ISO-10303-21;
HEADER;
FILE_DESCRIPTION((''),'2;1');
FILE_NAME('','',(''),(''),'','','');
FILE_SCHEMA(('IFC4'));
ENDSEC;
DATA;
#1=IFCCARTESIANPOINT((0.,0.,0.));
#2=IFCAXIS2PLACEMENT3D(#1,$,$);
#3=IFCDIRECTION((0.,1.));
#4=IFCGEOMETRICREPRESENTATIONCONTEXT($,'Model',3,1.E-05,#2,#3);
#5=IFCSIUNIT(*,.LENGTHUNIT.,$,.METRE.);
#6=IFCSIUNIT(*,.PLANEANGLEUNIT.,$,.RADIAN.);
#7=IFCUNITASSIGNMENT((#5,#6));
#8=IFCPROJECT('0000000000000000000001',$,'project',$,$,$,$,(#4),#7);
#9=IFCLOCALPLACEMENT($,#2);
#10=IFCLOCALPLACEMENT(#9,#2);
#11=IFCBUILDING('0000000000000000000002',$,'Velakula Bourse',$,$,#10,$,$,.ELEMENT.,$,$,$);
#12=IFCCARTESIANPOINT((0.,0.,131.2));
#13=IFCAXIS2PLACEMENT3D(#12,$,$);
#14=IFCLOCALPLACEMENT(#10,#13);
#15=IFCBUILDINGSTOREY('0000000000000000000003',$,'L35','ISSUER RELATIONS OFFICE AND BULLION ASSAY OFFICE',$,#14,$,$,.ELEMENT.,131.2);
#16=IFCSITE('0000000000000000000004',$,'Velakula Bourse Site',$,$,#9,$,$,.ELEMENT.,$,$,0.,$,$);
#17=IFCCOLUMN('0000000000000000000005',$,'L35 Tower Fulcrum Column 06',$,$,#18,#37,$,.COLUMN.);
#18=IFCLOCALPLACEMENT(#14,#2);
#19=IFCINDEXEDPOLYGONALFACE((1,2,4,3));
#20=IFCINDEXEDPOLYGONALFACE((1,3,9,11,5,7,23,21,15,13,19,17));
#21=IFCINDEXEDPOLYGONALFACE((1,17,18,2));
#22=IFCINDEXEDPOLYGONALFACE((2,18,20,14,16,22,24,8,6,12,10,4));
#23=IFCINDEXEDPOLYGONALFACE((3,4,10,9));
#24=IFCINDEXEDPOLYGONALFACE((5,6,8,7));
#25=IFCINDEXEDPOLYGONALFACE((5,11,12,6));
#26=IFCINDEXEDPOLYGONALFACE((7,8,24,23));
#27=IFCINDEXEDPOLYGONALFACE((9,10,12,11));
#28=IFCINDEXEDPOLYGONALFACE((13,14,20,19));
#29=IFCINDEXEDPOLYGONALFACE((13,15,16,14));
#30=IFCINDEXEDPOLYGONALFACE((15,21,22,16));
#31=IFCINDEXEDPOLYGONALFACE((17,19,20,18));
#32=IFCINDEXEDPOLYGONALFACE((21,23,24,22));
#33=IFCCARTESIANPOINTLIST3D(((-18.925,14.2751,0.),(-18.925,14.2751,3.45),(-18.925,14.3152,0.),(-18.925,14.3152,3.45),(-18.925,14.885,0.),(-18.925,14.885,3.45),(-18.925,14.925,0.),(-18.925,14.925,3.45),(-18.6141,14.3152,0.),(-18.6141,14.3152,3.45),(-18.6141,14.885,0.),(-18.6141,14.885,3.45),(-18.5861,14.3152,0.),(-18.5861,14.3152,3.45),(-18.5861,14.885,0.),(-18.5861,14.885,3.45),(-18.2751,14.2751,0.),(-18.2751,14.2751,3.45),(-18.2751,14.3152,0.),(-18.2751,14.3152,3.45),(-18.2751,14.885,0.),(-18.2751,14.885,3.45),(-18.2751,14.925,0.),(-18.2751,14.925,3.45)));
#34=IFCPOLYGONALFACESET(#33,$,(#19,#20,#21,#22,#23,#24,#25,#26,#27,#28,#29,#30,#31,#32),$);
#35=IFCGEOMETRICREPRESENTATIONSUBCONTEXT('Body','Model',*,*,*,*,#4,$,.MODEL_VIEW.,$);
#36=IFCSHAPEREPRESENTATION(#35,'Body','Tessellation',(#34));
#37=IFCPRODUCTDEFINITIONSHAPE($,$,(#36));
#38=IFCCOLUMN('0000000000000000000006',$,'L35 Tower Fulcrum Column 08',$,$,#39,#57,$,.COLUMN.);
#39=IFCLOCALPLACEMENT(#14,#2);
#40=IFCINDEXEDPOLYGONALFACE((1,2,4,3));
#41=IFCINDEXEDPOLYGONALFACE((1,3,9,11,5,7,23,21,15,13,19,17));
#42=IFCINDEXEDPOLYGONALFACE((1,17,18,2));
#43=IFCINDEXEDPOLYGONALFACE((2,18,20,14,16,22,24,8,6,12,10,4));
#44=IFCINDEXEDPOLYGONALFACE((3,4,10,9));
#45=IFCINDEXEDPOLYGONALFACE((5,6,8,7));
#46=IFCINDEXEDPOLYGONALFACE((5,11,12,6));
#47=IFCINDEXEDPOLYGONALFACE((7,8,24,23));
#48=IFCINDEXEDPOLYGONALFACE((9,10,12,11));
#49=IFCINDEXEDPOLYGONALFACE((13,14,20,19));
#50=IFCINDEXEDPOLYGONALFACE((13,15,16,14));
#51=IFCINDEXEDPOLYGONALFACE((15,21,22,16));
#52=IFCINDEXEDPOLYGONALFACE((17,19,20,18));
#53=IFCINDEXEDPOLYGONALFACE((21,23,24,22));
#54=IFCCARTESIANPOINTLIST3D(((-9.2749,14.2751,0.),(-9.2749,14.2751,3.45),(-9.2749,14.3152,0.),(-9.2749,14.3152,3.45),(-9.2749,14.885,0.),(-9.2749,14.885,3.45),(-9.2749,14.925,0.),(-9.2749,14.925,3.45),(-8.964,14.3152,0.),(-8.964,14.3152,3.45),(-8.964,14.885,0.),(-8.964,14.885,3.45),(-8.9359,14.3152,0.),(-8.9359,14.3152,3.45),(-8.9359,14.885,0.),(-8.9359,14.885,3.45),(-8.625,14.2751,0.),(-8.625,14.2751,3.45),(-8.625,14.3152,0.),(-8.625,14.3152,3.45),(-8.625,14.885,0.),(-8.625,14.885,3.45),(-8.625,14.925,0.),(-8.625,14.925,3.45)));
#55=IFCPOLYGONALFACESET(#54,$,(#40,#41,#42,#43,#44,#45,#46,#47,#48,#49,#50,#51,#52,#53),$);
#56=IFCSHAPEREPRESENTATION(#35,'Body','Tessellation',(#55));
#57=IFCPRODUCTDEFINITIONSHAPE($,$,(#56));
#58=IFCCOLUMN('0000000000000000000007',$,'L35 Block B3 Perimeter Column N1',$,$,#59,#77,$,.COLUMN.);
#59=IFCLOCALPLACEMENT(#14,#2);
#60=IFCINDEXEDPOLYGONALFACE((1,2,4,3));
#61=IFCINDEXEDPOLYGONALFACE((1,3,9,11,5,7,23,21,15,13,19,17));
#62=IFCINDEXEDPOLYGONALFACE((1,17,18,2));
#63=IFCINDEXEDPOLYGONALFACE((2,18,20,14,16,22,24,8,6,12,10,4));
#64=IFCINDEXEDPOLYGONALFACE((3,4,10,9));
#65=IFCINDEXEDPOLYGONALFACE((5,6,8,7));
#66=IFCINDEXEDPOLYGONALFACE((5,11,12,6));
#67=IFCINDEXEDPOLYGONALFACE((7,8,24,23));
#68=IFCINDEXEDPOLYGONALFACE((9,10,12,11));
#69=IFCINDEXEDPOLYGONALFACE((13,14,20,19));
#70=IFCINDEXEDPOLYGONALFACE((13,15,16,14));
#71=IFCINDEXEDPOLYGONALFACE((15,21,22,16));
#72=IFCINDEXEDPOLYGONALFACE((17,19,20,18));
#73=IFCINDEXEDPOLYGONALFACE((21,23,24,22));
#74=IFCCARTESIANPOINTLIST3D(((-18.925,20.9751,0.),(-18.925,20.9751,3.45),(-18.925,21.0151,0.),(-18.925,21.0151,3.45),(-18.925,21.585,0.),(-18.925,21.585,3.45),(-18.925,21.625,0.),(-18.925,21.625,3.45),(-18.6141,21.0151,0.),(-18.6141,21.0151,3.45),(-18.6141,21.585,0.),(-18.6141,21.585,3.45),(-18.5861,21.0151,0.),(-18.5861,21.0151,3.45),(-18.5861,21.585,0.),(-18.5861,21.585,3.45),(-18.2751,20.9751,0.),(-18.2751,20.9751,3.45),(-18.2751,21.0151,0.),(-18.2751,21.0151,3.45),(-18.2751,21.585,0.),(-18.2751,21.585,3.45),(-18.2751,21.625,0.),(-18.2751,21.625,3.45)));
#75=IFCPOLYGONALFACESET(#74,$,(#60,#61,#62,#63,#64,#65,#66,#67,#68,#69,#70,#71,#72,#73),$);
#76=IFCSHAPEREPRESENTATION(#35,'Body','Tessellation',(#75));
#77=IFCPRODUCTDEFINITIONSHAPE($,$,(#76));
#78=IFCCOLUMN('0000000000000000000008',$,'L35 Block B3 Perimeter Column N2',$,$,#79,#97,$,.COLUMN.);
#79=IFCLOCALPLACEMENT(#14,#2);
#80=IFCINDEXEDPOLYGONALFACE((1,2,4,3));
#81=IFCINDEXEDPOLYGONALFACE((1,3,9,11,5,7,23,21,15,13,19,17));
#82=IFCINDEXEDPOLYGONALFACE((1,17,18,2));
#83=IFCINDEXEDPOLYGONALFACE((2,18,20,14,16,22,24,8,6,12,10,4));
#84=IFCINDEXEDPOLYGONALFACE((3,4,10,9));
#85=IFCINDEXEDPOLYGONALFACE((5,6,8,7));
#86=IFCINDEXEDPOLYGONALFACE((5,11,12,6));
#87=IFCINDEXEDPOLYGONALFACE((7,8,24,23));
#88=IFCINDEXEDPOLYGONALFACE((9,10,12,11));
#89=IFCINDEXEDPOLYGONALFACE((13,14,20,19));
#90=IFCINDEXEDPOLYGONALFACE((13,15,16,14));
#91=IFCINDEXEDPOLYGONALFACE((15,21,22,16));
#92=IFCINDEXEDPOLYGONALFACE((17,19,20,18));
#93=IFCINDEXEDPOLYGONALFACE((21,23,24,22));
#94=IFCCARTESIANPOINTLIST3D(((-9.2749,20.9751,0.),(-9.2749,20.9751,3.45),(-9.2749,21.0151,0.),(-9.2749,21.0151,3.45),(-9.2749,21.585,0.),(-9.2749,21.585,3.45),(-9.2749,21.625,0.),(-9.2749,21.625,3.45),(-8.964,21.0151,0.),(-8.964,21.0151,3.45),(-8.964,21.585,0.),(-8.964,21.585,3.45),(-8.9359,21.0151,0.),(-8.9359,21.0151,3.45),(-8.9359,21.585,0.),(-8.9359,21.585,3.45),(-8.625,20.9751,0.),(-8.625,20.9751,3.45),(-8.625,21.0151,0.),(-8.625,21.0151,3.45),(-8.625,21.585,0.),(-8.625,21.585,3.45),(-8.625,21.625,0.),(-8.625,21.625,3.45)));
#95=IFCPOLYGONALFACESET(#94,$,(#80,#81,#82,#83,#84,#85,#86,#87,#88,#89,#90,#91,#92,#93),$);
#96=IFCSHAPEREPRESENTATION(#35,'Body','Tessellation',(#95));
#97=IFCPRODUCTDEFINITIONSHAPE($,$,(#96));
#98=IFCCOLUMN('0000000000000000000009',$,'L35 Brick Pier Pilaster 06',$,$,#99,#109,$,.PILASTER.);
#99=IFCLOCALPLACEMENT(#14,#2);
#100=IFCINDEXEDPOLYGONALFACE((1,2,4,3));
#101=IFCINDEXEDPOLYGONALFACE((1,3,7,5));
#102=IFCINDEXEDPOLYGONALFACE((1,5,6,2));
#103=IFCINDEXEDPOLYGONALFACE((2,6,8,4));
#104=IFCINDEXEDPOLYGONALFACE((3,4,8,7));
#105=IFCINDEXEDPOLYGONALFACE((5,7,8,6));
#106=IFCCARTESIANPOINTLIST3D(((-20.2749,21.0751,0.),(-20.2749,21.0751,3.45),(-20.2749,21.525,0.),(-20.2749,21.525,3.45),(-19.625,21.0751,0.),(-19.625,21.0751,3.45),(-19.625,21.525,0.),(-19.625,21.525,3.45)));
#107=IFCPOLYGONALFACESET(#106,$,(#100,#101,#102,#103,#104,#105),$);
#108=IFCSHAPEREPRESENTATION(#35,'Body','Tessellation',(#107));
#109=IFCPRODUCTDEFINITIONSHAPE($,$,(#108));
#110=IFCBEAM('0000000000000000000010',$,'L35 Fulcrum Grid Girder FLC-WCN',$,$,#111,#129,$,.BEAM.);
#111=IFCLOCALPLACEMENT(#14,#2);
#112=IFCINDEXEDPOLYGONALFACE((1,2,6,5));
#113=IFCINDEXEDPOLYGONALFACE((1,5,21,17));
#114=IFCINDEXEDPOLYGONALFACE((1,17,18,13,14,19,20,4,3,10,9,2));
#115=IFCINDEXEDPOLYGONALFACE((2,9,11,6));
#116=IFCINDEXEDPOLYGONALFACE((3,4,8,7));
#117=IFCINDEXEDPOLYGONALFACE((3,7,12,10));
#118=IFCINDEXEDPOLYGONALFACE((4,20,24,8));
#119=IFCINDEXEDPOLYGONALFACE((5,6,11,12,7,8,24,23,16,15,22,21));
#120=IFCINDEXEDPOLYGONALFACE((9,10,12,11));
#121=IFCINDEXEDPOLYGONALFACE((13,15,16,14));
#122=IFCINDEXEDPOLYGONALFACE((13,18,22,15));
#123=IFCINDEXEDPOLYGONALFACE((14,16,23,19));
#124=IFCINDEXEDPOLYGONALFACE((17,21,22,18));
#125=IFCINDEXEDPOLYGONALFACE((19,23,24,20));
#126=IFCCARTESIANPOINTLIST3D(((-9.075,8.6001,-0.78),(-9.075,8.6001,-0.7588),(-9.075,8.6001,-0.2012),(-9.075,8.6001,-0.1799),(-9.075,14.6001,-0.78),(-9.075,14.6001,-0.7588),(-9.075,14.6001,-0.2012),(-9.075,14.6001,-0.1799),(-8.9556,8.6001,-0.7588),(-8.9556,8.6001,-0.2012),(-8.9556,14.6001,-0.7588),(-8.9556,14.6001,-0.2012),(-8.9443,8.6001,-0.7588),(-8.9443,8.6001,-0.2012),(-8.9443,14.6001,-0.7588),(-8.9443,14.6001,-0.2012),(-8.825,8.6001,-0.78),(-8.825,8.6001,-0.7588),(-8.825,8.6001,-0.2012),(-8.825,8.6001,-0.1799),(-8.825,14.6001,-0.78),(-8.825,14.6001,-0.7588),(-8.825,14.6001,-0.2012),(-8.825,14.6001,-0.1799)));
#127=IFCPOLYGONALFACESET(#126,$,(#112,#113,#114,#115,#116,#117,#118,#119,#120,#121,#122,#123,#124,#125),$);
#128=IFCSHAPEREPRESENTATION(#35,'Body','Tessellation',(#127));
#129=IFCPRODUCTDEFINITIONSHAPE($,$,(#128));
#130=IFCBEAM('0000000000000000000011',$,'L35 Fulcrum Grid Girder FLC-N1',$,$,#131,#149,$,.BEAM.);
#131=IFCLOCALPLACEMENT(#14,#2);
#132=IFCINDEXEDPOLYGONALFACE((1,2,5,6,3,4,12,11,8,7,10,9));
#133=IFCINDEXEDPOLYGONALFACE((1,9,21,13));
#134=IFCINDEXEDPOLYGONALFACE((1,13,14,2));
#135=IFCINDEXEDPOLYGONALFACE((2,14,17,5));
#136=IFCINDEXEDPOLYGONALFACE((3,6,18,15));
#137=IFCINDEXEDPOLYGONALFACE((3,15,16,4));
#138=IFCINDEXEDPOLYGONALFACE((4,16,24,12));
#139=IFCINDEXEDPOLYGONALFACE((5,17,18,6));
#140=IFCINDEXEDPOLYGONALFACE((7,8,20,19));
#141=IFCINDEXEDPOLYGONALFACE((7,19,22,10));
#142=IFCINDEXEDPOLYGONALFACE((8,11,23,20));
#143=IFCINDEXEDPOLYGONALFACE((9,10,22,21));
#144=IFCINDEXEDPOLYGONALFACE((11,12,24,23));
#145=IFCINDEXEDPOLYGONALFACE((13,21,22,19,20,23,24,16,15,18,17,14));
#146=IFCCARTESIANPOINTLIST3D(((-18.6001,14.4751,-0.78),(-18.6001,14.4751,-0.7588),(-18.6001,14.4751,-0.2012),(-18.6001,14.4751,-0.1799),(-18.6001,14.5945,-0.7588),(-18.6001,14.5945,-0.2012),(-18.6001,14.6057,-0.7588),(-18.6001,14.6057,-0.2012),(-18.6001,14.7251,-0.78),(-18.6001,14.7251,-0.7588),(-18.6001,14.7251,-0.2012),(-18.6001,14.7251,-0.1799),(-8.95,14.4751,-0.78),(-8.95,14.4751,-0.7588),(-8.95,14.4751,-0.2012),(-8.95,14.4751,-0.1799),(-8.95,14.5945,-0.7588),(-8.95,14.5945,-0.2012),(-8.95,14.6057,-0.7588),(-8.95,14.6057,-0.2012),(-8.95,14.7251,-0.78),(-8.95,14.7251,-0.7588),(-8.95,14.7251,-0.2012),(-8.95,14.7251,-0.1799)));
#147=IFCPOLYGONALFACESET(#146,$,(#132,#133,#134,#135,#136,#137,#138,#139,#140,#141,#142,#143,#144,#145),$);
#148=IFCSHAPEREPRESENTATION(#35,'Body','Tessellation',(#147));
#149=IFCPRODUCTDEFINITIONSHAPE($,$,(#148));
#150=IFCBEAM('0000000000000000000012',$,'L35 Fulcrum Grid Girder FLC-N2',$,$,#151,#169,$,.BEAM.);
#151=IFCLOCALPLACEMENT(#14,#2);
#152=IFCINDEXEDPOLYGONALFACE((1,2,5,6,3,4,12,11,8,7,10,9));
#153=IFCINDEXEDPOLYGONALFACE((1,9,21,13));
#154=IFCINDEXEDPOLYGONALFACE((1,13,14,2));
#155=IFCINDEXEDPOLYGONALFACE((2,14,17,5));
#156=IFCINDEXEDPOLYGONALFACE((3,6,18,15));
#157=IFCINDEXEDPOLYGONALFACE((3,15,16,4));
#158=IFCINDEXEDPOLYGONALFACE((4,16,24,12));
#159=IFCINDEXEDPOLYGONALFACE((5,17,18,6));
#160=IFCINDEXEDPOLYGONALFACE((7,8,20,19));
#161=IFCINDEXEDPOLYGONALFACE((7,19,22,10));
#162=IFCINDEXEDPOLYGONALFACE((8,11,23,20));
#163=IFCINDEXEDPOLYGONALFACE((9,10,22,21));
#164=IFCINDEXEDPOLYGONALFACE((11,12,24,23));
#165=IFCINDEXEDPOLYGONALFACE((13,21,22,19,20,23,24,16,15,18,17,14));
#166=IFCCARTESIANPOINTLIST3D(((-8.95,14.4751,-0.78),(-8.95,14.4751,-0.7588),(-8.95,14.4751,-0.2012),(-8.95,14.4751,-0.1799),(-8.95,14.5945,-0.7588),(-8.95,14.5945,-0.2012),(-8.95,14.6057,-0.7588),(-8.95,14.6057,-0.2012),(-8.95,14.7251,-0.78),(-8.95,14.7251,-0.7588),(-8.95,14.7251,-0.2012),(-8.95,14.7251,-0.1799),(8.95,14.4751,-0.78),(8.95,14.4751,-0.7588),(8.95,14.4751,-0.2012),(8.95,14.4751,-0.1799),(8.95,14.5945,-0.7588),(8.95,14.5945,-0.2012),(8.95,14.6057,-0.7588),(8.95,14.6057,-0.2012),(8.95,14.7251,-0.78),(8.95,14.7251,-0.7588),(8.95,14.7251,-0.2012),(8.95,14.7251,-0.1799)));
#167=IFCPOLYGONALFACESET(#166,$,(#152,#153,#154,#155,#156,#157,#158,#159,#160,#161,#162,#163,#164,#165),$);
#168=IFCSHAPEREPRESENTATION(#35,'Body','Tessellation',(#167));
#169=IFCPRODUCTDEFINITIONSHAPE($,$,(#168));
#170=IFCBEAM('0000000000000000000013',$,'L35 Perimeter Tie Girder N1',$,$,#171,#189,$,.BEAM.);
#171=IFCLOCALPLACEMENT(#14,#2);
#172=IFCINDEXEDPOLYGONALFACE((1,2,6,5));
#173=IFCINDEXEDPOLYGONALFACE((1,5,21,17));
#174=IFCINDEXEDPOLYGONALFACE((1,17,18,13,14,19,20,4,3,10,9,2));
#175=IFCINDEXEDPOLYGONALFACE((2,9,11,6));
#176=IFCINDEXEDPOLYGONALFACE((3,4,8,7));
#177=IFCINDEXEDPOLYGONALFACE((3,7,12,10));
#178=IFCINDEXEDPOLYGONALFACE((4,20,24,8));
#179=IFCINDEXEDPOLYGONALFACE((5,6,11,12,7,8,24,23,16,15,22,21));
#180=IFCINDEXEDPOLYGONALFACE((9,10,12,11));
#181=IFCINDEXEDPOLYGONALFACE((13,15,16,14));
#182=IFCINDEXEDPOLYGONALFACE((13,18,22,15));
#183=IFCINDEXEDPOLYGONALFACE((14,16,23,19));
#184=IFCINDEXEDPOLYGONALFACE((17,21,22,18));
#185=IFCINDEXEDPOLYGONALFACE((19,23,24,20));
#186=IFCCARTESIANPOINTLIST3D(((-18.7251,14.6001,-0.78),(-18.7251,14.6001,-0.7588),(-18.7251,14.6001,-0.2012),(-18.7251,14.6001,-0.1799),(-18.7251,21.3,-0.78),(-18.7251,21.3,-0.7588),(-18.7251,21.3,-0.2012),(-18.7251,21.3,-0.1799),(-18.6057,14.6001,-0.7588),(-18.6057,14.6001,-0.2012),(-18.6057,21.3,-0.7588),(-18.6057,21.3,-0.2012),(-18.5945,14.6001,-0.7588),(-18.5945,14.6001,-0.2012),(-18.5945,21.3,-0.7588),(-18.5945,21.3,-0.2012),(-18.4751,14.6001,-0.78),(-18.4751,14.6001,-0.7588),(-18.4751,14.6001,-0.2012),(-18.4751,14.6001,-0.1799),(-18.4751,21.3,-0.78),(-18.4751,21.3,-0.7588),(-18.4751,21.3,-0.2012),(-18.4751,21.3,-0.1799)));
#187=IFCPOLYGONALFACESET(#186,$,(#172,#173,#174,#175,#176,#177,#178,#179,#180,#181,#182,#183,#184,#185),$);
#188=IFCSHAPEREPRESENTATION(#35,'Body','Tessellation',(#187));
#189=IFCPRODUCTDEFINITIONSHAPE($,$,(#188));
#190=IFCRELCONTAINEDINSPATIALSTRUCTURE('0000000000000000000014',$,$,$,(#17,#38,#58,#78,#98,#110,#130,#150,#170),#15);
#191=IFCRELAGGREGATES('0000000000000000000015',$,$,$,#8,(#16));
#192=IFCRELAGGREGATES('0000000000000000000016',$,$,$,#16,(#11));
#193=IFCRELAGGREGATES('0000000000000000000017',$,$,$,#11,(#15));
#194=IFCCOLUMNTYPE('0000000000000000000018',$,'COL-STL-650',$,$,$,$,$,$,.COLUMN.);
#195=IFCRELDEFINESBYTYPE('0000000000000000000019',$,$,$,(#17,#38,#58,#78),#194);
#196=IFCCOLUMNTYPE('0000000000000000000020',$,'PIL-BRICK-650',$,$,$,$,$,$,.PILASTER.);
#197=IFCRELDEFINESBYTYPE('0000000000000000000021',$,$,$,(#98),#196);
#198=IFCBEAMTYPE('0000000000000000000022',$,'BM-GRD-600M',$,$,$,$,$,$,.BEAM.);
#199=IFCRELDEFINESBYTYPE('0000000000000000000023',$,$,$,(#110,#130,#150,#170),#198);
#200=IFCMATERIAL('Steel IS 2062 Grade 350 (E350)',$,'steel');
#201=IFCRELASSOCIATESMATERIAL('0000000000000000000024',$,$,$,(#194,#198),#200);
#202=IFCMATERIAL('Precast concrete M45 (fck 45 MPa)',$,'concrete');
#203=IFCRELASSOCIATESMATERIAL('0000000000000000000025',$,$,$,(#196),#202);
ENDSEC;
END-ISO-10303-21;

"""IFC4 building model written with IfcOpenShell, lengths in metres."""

from ifc_helpers import new_model, si_unit, direction, frame, origin, origin_2d, place, context, subcontext, project, spatial, rectangle, i_section, extrude, material, material_profile, profile_set, type_object, element, save


model = new_model("IFC4")

# Units and contexts
model_context = context("Model", 3, precision=1e-05, world=origin(), true_north=direction((0.0, 1.0)))
body_context = subcontext(model_context, "Body", "Model", "MODEL_VIEW")
ifc_project = project(units=[si_unit("LENGTHUNIT", "METRE"), si_unit("PLANEANGLEUNIT", "RADIAN")], contexts=[model_context])

# Site, building, storey
site_placement = place(None, origin())
site = spatial("IfcSite", under=ifc_project, at=site_placement, Name="Velakula Bourse Site", CompositionType="ELEMENT", RefElevation=0.0)
building_placement = place(site_placement, origin())
building = spatial("IfcBuilding", under=site, at=building_placement, Name="Velakula Bourse", CompositionType="ELEMENT")
storey_placement = place(building_placement, frame((0.0, 0.0, 131.2)))
storey = spatial("IfcBuildingStorey", under=building, at=storey_placement, Name="L35", Description="ISSUER RELATIONS OFFICE AND BULLION ASSAY OFFICE", CompositionType="ELEMENT", Elevation=131.2)

# Columns
ifc_material_1 = material(Name="Steel IS 2062 Grade 350 (E350)", Category="steel")
ifc_material_profile_1 = material_profile(ifc_material_1, i_section(OverallWidth=0.6499, OverallDepth=0.6499, WebThickness=0.0281, FlangeThickness=0.04, at=origin_2d()), Name="Steel IS 2062 Grade 350 (E350)")
ifc_profile_set_1 = profile_set([ifc_material_profile_1], Name="Steel IS 2062 Grade 350 (E350)")
column_type_1 = type_object("IfcColumnType", Name="COL-STL-650", PredefinedType="COLUMN", material=ifc_profile_set_1)
for number, where, z_axis, x_axis, name in (
    (1, (-18.6001, 14.6001, 0.0), (0.0, 0.0, 1.0), (1.0, 0.0, 0.0), "L35 Tower Fulcrum Column 06"),
    (2, (-8.95, 14.6001, 0.0), (0.0, 0.0, 1.0), (1.0, 0.0, 0.0), "L35 Tower Fulcrum Column 08"),
    (3, (-18.6001, 21.3, 0.0), (0.0, 0.0, 1.0), (1.0, 0.0, 0.0), "L35 Block B3 Perimeter Column N1"),
    (4, (-8.95, 21.3, 0.0), (0.0, 0.0, 1.0), (1.0, 0.0, 0.0), "L35 Block B3 Perimeter Column N2"),
):
    element("IfcColumn", number, at=place(storey_placement, frame(where, z_axis=z_axis, x_axis=x_axis)), inside=storey, type_object=column_type_1, Name=name, PredefinedType="COLUMN", context=body_context, shape_type="SweptSolid", body=[
        extrude(i_section(OverallWidth=0.6499, OverallDepth=0.6499, WebThickness=0.0281, FlangeThickness=0.04, at=origin_2d()), origin(), (0.0, 0.0, 1.0), 3.45),
    ])
ifc_material_2 = material(Name="Precast concrete M45 (fck 45 MPa)", Category="concrete")
ifc_material_profile_2 = material_profile(ifc_material_2, rectangle(XDim=0.6499, YDim=0.45, at=origin_2d()), Name="Precast concrete M45 (fck 45 MPa)")
ifc_profile_set_2 = profile_set([ifc_material_profile_2], Name="Precast concrete M45 (fck 45 MPa)")
column_type_2 = type_object("IfcColumnType", Name="PIL-BRICK-650", PredefinedType="PILASTER", material=ifc_profile_set_2)
column_placement = place(storey_placement, frame((-19.95, 21.3, 0.0), z_axis=(0.0, 0.0, 1.0), x_axis=(1.0, 0.0, 0.0)))
element("IfcColumn", 5, at=column_placement, inside=storey, type_object=column_type_2, Name="L35 Brick Pier Pilaster 06", PredefinedType="PILASTER", context=body_context, shape_type="SweptSolid", body=[
    extrude(rectangle(XDim=0.6499, YDim=0.45, at=origin_2d()), origin(), (0.0, 0.0, 1.0), 3.45),
])

# Beams
ifc_material_profile_3 = material_profile(ifc_material_1, i_section(OverallWidth=0.25, OverallDepth=0.6001, WebThickness=0.0112, FlangeThickness=0.0212, at=origin_2d()), Name="Steel IS 2062 Grade 350 (E350)")
ifc_profile_set_3 = profile_set([ifc_material_profile_3], Name="Steel IS 2062 Grade 350 (E350)")
beam_type_1 = type_object("IfcBeamType", Name="BM-GRD-600M", PredefinedType="BEAM", material=ifc_profile_set_3)
beam_1_placement = place(storey_placement, frame((-8.95, 8.6001, -0.48), z_axis=(0.0, 1.0, 0.0), x_axis=(-1.0, 0.0, 0.0)))
element("IfcBeam", 6, at=beam_1_placement, inside=storey, type_object=beam_type_1, Name="L35 Fulcrum Grid Girder FLC-WCN", PredefinedType="BEAM", context=body_context, shape_type="SweptSolid", body=[
    extrude(i_section(OverallWidth=0.25, OverallDepth=0.6001, WebThickness=0.0112, FlangeThickness=0.0212, at=origin_2d()), origin(), (0.0, 0.0, 1.0), 6.0),
])
beam_2_placement = place(storey_placement, frame((-18.6001, 14.6001, -0.48), z_axis=(1.0, 0.0, 0.0), x_axis=(0.0, 1.0, 0.0)))
element("IfcBeam", 7, at=beam_2_placement, inside=storey, type_object=beam_type_1, Name="L35 Fulcrum Grid Girder FLC-N1", PredefinedType="BEAM", context=body_context, shape_type="SweptSolid", body=[
    extrude(i_section(OverallWidth=0.25, OverallDepth=0.6001, WebThickness=0.0112, FlangeThickness=0.0212, at=origin_2d()), origin(), (0.0, 0.0, 1.0), 9.6501),
])
beam_3_placement = place(storey_placement, frame((-8.95, 14.6001, -0.48), z_axis=(1.0, 0.0, 0.0), x_axis=(0.0, 1.0, 0.0)))
element("IfcBeam", 8, at=beam_3_placement, inside=storey, type_object=beam_type_1, Name="L35 Fulcrum Grid Girder FLC-N2", PredefinedType="BEAM", context=body_context, shape_type="SweptSolid", body=[
    extrude(i_section(OverallWidth=0.25, OverallDepth=0.6001, WebThickness=0.0112, FlangeThickness=0.0212, at=origin_2d()), origin(), (0.0, 0.0, 1.0), 17.8999),
])
for number, where, z_axis, x_axis, name in (
    (9, (-18.6001, 14.6001, -0.48), (0.0, 1.0, 0.0), (-1.0, 0.0, 0.0), "L35 Perimeter Tie Girder N1"),
):
    element("IfcBeam", number, at=place(storey_placement, frame(where, z_axis=z_axis, x_axis=x_axis)), inside=storey, type_object=beam_type_1, Name=name, PredefinedType="BEAM", context=body_context, shape_type="SweptSolid", body=[
        extrude(i_section(OverallWidth=0.25, OverallDepth=0.6001, WebThickness=0.0112, FlangeThickness=0.0212, at=origin_2d()), origin(), (0.0, 0.0, 1.0), 6.7),
    ])

save(model, "model.ifc")
